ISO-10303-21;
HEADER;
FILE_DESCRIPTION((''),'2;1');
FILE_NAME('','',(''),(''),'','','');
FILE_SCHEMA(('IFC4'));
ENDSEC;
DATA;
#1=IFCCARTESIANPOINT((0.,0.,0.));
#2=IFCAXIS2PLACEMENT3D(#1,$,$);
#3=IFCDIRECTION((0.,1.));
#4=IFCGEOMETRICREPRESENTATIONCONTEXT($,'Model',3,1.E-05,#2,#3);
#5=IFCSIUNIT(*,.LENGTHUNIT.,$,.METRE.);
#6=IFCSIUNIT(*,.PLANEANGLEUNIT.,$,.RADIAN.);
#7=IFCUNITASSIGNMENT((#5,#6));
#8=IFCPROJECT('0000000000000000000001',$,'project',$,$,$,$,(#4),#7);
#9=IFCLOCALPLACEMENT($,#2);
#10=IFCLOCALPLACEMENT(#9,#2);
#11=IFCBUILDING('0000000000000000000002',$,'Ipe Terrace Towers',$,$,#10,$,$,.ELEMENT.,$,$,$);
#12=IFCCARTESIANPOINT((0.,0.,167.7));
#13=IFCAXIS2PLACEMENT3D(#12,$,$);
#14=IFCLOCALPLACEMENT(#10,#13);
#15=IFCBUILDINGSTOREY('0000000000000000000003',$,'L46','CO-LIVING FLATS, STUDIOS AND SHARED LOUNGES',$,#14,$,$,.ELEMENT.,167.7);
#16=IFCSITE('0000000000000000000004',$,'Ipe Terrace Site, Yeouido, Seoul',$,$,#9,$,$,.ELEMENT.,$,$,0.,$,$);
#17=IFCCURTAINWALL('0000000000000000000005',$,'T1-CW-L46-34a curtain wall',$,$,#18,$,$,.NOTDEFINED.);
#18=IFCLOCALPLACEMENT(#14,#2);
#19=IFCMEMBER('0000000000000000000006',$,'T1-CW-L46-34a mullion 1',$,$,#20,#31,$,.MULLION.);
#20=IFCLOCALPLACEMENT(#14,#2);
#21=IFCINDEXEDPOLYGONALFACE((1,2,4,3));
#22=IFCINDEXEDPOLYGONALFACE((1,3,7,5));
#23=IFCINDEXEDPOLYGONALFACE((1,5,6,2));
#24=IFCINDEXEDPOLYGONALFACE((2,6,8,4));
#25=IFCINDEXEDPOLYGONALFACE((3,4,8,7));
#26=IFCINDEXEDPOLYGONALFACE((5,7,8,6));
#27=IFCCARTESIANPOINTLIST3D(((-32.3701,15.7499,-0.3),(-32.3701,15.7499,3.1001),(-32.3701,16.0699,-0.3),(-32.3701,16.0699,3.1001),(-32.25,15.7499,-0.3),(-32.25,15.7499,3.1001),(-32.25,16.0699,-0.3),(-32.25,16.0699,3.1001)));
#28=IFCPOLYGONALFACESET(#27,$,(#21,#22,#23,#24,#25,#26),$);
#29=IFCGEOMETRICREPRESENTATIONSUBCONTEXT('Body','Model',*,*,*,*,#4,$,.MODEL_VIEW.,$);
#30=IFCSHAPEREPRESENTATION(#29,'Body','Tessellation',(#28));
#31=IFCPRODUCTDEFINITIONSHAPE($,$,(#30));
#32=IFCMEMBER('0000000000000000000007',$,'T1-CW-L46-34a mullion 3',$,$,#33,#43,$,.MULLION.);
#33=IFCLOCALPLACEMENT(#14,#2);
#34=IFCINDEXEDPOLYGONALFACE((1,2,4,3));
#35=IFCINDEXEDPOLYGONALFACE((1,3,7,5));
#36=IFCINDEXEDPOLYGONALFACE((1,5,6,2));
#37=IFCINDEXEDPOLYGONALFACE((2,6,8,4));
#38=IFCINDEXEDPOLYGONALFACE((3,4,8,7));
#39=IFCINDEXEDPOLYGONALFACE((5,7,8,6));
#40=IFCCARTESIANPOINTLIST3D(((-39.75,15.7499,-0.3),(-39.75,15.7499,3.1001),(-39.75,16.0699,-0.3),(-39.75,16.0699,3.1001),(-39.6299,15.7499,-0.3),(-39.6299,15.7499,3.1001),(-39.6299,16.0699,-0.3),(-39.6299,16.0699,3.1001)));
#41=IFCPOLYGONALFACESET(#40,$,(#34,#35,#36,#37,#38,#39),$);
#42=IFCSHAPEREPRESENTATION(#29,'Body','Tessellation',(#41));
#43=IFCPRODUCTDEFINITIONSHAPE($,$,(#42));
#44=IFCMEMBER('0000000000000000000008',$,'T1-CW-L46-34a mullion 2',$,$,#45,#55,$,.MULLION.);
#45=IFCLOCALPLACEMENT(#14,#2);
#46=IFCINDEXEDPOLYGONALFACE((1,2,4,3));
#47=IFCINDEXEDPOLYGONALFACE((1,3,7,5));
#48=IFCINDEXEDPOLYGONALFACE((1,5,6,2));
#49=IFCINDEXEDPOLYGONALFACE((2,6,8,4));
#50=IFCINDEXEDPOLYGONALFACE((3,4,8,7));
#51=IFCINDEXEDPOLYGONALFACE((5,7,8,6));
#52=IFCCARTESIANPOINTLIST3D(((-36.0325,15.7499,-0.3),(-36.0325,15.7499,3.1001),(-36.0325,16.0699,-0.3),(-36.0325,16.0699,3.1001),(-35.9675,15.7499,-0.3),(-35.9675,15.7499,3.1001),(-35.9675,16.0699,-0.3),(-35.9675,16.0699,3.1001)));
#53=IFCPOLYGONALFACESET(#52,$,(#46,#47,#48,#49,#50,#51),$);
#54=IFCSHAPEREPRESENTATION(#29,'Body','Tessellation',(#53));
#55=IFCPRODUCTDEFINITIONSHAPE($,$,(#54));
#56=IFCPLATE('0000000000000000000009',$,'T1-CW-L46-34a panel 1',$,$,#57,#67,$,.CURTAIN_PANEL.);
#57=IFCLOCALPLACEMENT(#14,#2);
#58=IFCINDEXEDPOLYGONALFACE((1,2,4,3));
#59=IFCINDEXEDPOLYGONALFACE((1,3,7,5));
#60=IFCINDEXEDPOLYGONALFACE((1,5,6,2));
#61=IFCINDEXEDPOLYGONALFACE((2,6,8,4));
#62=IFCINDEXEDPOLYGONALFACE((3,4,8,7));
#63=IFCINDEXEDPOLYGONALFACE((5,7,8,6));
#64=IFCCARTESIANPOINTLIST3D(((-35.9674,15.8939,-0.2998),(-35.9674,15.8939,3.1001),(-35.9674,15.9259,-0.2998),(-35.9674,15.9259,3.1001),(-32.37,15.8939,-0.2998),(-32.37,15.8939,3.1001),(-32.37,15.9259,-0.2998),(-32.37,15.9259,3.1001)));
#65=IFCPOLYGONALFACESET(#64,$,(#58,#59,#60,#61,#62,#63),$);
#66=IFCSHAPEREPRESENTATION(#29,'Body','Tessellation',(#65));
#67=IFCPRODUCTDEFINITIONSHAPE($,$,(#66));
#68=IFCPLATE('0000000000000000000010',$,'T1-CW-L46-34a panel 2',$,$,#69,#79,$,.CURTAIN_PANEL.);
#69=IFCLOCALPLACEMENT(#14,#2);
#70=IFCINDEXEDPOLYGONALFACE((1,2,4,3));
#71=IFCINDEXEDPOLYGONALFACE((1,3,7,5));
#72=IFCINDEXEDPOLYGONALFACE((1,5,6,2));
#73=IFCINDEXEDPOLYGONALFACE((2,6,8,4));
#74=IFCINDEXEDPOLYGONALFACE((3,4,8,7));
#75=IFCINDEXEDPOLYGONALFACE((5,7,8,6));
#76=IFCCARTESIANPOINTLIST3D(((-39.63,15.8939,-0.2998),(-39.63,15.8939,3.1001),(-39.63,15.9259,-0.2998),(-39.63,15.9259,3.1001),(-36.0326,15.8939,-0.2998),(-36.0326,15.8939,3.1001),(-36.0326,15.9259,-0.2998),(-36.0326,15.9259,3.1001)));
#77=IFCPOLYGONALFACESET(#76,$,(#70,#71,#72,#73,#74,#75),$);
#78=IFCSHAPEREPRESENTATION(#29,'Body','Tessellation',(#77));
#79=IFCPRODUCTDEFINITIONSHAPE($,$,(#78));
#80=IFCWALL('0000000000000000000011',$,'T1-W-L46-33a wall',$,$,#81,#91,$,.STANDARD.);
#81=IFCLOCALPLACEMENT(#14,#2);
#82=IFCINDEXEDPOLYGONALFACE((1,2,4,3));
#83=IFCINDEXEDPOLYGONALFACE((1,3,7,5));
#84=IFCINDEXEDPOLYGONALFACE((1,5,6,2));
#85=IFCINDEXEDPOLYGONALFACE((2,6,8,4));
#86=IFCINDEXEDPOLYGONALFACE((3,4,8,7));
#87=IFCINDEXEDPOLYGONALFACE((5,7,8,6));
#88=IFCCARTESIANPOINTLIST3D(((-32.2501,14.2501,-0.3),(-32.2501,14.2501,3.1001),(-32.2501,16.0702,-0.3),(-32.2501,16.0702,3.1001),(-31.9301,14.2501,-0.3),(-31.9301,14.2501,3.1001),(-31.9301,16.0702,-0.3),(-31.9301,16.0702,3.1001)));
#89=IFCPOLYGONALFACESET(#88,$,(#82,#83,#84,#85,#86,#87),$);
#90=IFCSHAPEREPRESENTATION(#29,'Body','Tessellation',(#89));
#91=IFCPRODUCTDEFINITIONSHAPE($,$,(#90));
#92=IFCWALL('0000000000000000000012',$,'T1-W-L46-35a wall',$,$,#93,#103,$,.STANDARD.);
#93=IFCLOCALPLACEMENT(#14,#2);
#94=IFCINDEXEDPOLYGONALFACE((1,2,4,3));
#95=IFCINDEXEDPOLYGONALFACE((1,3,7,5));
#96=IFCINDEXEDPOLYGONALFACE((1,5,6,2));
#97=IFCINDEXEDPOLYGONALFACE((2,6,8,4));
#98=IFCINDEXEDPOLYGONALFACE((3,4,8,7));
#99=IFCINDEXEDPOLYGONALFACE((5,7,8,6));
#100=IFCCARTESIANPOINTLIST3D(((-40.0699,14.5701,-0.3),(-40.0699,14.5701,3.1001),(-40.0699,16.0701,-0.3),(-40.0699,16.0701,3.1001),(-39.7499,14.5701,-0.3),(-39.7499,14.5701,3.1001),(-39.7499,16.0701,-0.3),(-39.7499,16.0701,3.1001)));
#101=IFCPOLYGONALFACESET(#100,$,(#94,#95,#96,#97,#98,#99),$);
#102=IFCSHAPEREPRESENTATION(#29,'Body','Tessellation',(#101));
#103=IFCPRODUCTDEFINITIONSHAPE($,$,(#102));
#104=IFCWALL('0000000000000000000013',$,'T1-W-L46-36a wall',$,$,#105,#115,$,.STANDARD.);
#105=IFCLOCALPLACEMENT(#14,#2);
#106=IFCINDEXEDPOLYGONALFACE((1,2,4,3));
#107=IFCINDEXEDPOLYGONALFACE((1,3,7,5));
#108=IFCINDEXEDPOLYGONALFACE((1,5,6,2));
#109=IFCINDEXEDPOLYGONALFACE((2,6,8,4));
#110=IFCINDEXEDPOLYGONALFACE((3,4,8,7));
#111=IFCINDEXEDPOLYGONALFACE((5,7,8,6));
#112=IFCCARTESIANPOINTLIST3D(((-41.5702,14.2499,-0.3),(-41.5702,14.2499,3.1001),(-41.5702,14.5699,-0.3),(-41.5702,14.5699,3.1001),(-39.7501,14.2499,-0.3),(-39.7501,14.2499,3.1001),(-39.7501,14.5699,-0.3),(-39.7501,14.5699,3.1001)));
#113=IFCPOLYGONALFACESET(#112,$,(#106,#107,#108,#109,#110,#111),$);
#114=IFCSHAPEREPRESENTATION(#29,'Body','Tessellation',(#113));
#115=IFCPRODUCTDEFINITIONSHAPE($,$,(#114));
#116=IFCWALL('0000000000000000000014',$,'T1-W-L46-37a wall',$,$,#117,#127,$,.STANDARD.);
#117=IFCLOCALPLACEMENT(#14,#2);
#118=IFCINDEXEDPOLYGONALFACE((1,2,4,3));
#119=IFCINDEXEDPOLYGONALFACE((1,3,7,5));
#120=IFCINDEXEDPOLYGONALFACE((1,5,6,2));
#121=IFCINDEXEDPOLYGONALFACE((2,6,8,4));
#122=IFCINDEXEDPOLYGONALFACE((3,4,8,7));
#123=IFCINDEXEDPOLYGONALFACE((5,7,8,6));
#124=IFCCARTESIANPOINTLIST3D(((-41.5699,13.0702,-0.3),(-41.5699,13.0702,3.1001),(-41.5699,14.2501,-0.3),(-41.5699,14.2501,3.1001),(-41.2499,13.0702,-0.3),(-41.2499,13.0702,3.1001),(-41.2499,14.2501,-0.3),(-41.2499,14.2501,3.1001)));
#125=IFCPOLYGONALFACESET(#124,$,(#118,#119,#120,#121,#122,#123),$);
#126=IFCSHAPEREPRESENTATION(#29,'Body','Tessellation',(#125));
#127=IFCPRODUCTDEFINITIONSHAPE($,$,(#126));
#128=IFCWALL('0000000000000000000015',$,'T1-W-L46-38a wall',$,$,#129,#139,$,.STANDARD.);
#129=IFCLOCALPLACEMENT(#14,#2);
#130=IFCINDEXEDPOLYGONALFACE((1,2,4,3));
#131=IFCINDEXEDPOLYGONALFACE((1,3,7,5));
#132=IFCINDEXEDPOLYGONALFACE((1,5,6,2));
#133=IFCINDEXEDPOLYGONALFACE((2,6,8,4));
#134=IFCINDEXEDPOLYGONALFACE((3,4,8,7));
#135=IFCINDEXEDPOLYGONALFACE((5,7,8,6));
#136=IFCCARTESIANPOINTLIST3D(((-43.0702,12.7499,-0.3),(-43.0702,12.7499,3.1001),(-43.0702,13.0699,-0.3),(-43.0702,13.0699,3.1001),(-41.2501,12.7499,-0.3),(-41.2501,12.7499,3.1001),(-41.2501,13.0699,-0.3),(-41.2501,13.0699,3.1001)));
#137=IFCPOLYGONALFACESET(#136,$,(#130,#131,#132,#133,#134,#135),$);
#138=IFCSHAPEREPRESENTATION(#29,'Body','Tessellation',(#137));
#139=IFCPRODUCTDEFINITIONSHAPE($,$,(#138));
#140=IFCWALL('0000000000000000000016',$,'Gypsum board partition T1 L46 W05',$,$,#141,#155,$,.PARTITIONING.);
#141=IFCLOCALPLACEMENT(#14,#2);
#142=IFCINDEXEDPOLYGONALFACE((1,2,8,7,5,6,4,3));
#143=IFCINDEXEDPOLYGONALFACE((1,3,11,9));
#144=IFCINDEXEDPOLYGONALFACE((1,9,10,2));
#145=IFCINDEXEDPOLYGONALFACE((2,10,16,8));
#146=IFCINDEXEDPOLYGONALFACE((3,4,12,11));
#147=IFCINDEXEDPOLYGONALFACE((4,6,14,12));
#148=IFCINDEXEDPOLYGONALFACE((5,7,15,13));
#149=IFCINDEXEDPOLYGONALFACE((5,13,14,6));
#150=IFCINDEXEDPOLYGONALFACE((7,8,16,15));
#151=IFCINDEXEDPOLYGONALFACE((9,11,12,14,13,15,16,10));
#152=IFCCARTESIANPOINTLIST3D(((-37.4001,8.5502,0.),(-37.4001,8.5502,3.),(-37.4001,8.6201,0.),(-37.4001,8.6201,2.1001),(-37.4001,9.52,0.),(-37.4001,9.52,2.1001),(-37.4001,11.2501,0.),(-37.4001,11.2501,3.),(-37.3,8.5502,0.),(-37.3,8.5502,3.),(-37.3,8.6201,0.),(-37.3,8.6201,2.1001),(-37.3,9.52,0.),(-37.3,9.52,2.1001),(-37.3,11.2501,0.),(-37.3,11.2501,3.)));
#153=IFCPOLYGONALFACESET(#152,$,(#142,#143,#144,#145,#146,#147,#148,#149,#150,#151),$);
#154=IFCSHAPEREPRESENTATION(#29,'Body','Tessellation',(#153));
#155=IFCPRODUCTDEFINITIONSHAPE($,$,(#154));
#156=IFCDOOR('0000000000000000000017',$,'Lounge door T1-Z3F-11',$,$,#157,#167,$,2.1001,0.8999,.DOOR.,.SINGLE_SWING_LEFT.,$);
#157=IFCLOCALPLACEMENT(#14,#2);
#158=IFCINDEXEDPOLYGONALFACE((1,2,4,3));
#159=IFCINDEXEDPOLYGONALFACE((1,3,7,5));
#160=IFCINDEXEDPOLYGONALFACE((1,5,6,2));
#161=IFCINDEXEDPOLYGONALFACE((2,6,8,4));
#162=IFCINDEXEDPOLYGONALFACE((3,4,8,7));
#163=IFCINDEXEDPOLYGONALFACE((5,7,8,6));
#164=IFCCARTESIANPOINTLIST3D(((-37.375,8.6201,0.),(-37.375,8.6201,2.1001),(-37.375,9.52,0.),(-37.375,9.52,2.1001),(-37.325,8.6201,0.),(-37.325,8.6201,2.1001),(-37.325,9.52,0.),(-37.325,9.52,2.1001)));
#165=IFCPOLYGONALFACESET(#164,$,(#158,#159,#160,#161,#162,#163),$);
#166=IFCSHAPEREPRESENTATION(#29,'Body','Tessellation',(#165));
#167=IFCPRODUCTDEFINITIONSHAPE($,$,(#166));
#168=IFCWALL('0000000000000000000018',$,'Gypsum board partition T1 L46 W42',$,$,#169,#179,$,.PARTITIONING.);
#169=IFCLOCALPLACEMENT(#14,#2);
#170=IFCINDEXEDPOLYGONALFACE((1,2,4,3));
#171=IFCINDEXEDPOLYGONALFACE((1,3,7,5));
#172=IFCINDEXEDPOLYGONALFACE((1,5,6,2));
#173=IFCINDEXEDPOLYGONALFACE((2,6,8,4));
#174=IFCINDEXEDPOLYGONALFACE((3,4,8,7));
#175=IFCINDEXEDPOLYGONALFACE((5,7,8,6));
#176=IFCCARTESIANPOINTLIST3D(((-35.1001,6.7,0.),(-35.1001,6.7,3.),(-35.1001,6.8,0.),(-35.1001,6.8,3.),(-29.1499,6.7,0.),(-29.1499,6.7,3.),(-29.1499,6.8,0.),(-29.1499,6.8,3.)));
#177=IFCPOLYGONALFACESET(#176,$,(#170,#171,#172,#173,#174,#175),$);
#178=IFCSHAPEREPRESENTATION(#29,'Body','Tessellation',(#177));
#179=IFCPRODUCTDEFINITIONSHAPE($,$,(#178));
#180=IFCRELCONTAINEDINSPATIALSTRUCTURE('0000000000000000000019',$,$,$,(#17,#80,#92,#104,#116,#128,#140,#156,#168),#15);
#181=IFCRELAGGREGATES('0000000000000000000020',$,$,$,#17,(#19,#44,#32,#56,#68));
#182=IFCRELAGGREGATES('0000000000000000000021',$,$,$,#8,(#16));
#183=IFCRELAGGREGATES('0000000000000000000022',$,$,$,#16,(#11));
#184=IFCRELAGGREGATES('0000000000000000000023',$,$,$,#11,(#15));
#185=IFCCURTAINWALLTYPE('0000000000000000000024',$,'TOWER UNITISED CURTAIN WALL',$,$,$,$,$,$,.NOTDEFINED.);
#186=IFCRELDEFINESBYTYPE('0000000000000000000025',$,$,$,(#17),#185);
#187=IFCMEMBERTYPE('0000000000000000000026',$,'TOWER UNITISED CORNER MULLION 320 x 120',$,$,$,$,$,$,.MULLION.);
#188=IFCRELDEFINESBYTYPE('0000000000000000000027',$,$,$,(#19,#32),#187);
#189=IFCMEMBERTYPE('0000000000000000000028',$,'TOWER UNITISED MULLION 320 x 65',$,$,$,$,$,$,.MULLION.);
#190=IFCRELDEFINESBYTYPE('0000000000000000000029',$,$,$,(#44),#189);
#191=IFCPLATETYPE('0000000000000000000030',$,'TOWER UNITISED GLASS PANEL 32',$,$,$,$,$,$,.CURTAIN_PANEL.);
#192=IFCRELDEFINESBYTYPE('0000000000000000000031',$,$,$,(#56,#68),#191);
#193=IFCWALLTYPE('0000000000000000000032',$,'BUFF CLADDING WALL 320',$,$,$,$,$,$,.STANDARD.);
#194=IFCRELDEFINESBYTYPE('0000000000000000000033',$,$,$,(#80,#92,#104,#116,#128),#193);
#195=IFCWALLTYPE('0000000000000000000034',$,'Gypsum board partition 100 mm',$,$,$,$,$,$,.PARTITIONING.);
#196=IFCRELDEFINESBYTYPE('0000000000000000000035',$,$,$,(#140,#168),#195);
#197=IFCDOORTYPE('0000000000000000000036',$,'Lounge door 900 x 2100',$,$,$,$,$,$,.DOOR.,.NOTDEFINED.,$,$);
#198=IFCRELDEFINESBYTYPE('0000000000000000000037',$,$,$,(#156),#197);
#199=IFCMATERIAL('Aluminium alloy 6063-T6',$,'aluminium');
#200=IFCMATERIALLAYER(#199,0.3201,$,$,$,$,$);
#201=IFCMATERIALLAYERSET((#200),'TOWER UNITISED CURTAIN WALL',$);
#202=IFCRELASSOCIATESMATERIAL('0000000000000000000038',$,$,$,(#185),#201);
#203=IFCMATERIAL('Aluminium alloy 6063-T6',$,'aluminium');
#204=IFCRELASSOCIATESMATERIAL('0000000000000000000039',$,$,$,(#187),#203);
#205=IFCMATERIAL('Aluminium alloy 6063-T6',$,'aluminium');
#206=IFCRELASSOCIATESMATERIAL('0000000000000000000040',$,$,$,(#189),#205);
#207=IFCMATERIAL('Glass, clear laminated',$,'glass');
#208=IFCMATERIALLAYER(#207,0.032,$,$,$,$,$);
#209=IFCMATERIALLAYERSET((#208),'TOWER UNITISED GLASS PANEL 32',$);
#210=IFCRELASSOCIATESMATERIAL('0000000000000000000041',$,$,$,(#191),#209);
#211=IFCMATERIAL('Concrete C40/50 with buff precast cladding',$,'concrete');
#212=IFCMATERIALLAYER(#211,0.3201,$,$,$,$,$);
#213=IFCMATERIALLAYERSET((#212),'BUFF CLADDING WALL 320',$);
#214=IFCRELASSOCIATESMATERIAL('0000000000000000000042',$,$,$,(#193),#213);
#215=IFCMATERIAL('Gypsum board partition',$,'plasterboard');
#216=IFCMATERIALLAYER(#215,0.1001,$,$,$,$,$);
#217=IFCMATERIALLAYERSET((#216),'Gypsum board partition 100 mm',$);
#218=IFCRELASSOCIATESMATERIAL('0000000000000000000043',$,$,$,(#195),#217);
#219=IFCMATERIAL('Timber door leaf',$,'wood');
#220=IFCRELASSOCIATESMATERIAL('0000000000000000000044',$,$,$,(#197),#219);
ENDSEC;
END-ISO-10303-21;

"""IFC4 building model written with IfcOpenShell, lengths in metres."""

from ifc_helpers import new_model, si_unit, direction, frame, frame_2d, origin, origin_2d, place, context, subcontext, project, spatial, rectangle, extrude, material, layer, layer_set, material_profile, profile_set, type_object, element, fill, aggregate, save


model = new_model("IFC4")

# Units and contexts
model_context = context("Model", 3, precision=1e-05, world=origin(), true_north=direction((0.0, 1.0)))
body_context = subcontext(model_context, "Body", "Model", "MODEL_VIEW")
ifc_project = project(units=[si_unit("LENGTHUNIT", "METRE"), si_unit("PLANEANGLEUNIT", "RADIAN")], contexts=[model_context])

# Site, building, storey
site_placement = place(None, origin())
site = spatial("IfcSite", under=ifc_project, at=site_placement, Name="Ipe Terrace Site, Yeouido, Seoul", CompositionType="ELEMENT", RefElevation=0.0)
building_placement = place(site_placement, origin())
building = spatial("IfcBuilding", under=site, at=building_placement, Name="Ipe Terrace Towers", CompositionType="ELEMENT")
storey_placement = place(building_placement, frame((0.0, 0.0, 167.7)))
storey = spatial("IfcBuildingStorey", under=building, at=storey_placement, Name="L46", Description="CO-LIVING FLATS, STUDIOS AND SHARED LOUNGES", CompositionType="ELEMENT", Elevation=167.7)

# Curtain wall, members, plates
ifc_material_1 = material(Name="Aluminium alloy 6063-T6", Category="aluminium")
ifc_layer_1 = layer(ifc_material_1, 0.3201)
ifc_layer_set_1 = layer_set([ifc_layer_1], Name="TOWER UNITISED CURTAIN WALL")
curtain_wall_type = type_object("IfcCurtainWallType", Name="TOWER UNITISED CURTAIN WALL", PredefinedType="NOTDEFINED", material=ifc_layer_set_1)
curtain_wall_placement = place(storey_placement, origin())
curtain_wall = element("IfcCurtainWall", 1, at=curtain_wall_placement, inside=storey, type_object=curtain_wall_type, Name="T1-CW-L46-34a curtain wall", PredefinedType="NOTDEFINED")
ifc_material_2 = material(Name="Aluminium alloy 6063-T6", Category="aluminium")
ifc_material_profile_1 = material_profile(ifc_material_2, rectangle(XDim=0.3201, YDim=0.1201, at=origin_2d()), Name="TOWER UNITISED CORNER MULLION 320 x 120")
ifc_profile_set_1 = profile_set([ifc_material_profile_1], Name="Aluminium alloy 6063-T6")
member_type_1 = type_object("IfcMemberType", Name="TOWER UNITISED CORNER MULLION 320 x 120", PredefinedType="MULLION", material=ifc_profile_set_1)
member_1_placement = place(storey_placement, frame((-32.3101, 15.9099, -0.3), z_axis=(0.0, 0.0, 1.0), x_axis=(0.0, 1.0, 0.0)))
member_1 = element("IfcMember", 2, at=member_1_placement, type_object=member_type_1, Name="T1-CW-L46-34a mullion 1", PredefinedType="MULLION", context=body_context, shape_type="SweptSolid", body=[
    extrude(rectangle(XDim=0.3201, YDim=0.1201, at=origin_2d()), origin(), (0.0, 0.0, 1.0), 3.4001),
])
member_2_placement = place(storey_placement, frame((-39.6899, 15.9099, -0.3), z_axis=(0.0, 0.0, 1.0), x_axis=(0.0, 1.0, 0.0)))
member_2 = element("IfcMember", 3, at=member_2_placement, type_object=member_type_1, Name="T1-CW-L46-34a mullion 3", PredefinedType="MULLION", context=body_context, shape_type="SweptSolid", body=[
    extrude(rectangle(XDim=0.3201, YDim=0.1201, at=origin_2d()), origin(), (0.0, 0.0, 1.0), 3.4001),
])
ifc_material_3 = material(Name="Aluminium alloy 6063-T6", Category="aluminium")
ifc_material_profile_2 = material_profile(ifc_material_3, rectangle(XDim=0.3201, YDim=0.0649, at=origin_2d()), Name="TOWER UNITISED MULLION 320 x 65")
ifc_profile_set_2 = profile_set([ifc_material_profile_2], Name="Aluminium alloy 6063-T6")
member_type_2 = type_object("IfcMemberType", Name="TOWER UNITISED MULLION 320 x 65", PredefinedType="MULLION", material=ifc_profile_set_2)
member_3_placement = place(storey_placement, frame((-36.0, 15.9099, -0.3), z_axis=(0.0, 0.0, 1.0), x_axis=(0.0, 1.0, 0.0)))
member_3 = element("IfcMember", 4, at=member_3_placement, type_object=member_type_2, Name="T1-CW-L46-34a mullion 2", PredefinedType="MULLION", context=body_context, shape_type="SweptSolid", body=[
    extrude(rectangle(XDim=0.3201, YDim=0.0649, at=origin_2d()), origin(), (0.0, 0.0, 1.0), 3.4001),
])
ifc_material_4 = material(Name="Glass, clear laminated", Category="glass")
ifc_layer_2 = layer(ifc_material_4, 0.032)
ifc_layer_set_2 = layer_set([ifc_layer_2], Name="TOWER UNITISED GLASS PANEL 32")
plate_type = type_object("IfcPlateType", Name="TOWER UNITISED GLASS PANEL 32", PredefinedType="CURTAIN_PANEL", material=ifc_layer_set_2)
plate_1_placement = place(storey_placement, frame((-34.1687, 15.9099, -0.2998), z_axis=(0.0, 0.0, 1.0), x_axis=(-1.0, 0.0, 0.0)))
plate_1 = element("IfcPlate", 5, at=plate_1_placement, type_object=plate_type, Name="T1-CW-L46-34a panel 1", PredefinedType="CURTAIN_PANEL", context=body_context, shape_type="SweptSolid", body=[
    extrude(rectangle(XDim=3.5974, YDim=0.032, at=origin_2d()), origin(), (0.0, 0.0, 1.0), 3.3999),
])
plate_2_placement = place(storey_placement, frame((-37.8313, 15.9099, -0.2998), z_axis=(0.0, 0.0, 1.0), x_axis=(-1.0, 0.0, 0.0)))
plate_2 = element("IfcPlate", 6, at=plate_2_placement, type_object=plate_type, Name="T1-CW-L46-34a panel 2", PredefinedType="CURTAIN_PANEL", context=body_context, shape_type="SweptSolid", body=[
    extrude(rectangle(XDim=3.5974, YDim=0.032, at=origin_2d()), origin(), (0.0, 0.0, 1.0), 3.3999),
])
aggregate(curtain_wall, [member_1, member_3, member_2, plate_1, plate_2])

# Walls
ifc_material_5 = material(Name="Concrete C40/50 with buff precast cladding", Category="concrete")
ifc_layer_3 = layer(ifc_material_5, 0.3201)
ifc_layer_set_3 = layer_set([ifc_layer_3], Name="BUFF CLADDING WALL 320")
wall_type_1 = type_object("IfcWallType", Name="BUFF CLADDING WALL 320", PredefinedType="STANDARD", material=ifc_layer_set_3)
wall_1_placement = place(storey_placement, frame((-32.0901, 14.25, -0.3), z_axis=(0.0, 0.0, 1.0), x_axis=(0.0, 1.0, 0.0)))
element("IfcWall", 7, at=wall_1_placement, inside=storey, type_object=wall_type_1, Name="T1-W-L46-33a wall", PredefinedType="STANDARD", context=body_context, shape_type="SweptSolid", body=[
    extrude(rectangle(XDim=1.8201, YDim=0.3201, at=frame_2d((0.9102, 0.0))), origin(), (0.0, 0.0, 1.0), 3.4001),
])
wall_2_placement = place(storey_placement, frame((-39.9099, 16.0701, -0.3), z_axis=(0.0, 0.0, 1.0), x_axis=(0.0, -1.0, 0.0)))
element("IfcWall", 8, at=wall_2_placement, inside=storey, type_object=wall_type_1, Name="T1-W-L46-35a wall", PredefinedType="STANDARD", context=body_context, shape_type="SweptSolid", body=[
    extrude(rectangle(XDim=1.5, YDim=0.3201, at=frame_2d((0.75, 0.0))), origin(), (0.0, 0.0, 1.0), 3.4001),
])
wall_3_placement = place(storey_placement, frame((-39.75, 14.4099, -0.3), z_axis=(0.0, 0.0, 1.0), x_axis=(-1.0, 0.0, 0.0)))
element("IfcWall", 9, at=wall_3_placement, inside=storey, type_object=wall_type_1, Name="T1-W-L46-36a wall", PredefinedType="STANDARD", context=body_context, shape_type="SweptSolid", body=[
    extrude(rectangle(XDim=1.8201, YDim=0.3201, at=frame_2d((0.9102, 0.0))), origin(), (0.0, 0.0, 1.0), 3.4001),
])
wall_4_placement = place(storey_placement, frame((-41.4099, 14.25, -0.3), z_axis=(0.0, 0.0, 1.0), x_axis=(0.0, -1.0, 0.0)))
element("IfcWall", 10, at=wall_4_placement, inside=storey, type_object=wall_type_1, Name="T1-W-L46-37a wall", PredefinedType="STANDARD", context=body_context, shape_type="SweptSolid", body=[
    extrude(rectangle(XDim=1.1799, YDim=0.3201, at=frame_2d((0.5898, 0.0))), origin(), (0.0, 0.0, 1.0), 3.4001),
])
wall_5_placement = place(storey_placement, frame((-41.25, 12.9099, -0.3), z_axis=(0.0, 0.0, 1.0), x_axis=(-1.0, 0.0, 0.0)))
element("IfcWall", 11, at=wall_5_placement, inside=storey, type_object=wall_type_1, Name="T1-W-L46-38a wall", PredefinedType="STANDARD", context=body_context, shape_type="SweptSolid", body=[
    extrude(rectangle(XDim=1.8201, YDim=0.3201, at=frame_2d((0.9102, 0.0))), origin(), (0.0, 0.0, 1.0), 3.4001),
])

# Wall, opening, door
ifc_material_6 = material(Name="Gypsum board partition", Category="plasterboard")
ifc_layer_4 = layer(ifc_material_6, 0.1001)
ifc_layer_set_4 = layer_set([ifc_layer_4], Name="Gypsum board partition 100 mm")
wall_type_2 = type_object("IfcWallType", Name="Gypsum board partition 100 mm", PredefinedType="PARTITIONING", material=ifc_layer_set_4)
wall_6_placement = place(storey_placement, frame((-37.3501, 8.55, 0.0), z_axis=(0.0, 0.0, 1.0), x_axis=(0.0, 1.0, 0.0)))
wall_6 = element("IfcWall", 12, at=wall_6_placement, inside=storey, type_object=wall_type_2, Name="Gypsum board partition T1 L46 W05", PredefinedType="PARTITIONING", context=body_context, shape_type="SweptSolid", body=[
    extrude(rectangle(XDim=2.7, YDim=0.1001, at=frame_2d((1.3501, 0.0))), origin(), (0.0, 0.0, 1.0), 3.0),
])
opening_placement = place(wall_6_placement, frame((0.0701, 0.0, 0.0)))
opening = element("IfcOpeningElement", 13, at=opening_placement, cuts=wall_6, PredefinedType="OPENING", context=body_context, shape_type="SweptSolid", body=[
    extrude(rectangle(XDim=0.8999, YDim=2.1001, at=frame_2d((0.45, 1.05))), frame((0.0, 0.0601, 0.0), z_axis=(0.0, -1.0, 0.0), x_axis=(1.0, 0.0, 0.0)), (0.0, 0.0, 1.0), 0.1201),
])
ifc_material_7 = material(Name="Timber door leaf", Category="wood")
door_type = type_object("IfcDoorType", Name="Lounge door 900 x 2100", OperationType="NOTDEFINED", PredefinedType="DOOR", material=ifc_material_7)
door_placement = place(opening_placement, origin())
door = element("IfcDoor", 14, at=door_placement, inside=storey, type_object=door_type, Name="Lounge door T1-Z3F-11", OperationType="SINGLE_SWING_LEFT", OverallHeight=2.1001, OverallWidth=0.8999, PredefinedType="DOOR", context=body_context, shape_type="SweptSolid", body=[
    extrude(rectangle(XDim=0.8999, YDim=2.1001, at=frame_2d((0.45, 1.05))), frame((0.0, 0.0249, 0.0), z_axis=(0.0, -1.0, 0.0), x_axis=(1.0, 0.0, 0.0)), (0.0, 0.0, 1.0), 0.05),
])
fill(opening, door)

# Wall
wall_7_placement = place(storey_placement, frame((-35.1001, 6.75, 0.0), z_axis=(0.0, 0.0, 1.0), x_axis=(1.0, 0.0, 0.0)))
element("IfcWall", 15, at=wall_7_placement, inside=storey, type_object=wall_type_2, Name="Gypsum board partition T1 L46 W42", PredefinedType="PARTITIONING", context=body_context, shape_type="SweptSolid", body=[
    extrude(rectangle(XDim=5.9502, YDim=0.1001, at=frame_2d((2.9751, 0.0))), origin(), (0.0, 0.0, 1.0), 3.0),
])

save(model, "model.ifc")
